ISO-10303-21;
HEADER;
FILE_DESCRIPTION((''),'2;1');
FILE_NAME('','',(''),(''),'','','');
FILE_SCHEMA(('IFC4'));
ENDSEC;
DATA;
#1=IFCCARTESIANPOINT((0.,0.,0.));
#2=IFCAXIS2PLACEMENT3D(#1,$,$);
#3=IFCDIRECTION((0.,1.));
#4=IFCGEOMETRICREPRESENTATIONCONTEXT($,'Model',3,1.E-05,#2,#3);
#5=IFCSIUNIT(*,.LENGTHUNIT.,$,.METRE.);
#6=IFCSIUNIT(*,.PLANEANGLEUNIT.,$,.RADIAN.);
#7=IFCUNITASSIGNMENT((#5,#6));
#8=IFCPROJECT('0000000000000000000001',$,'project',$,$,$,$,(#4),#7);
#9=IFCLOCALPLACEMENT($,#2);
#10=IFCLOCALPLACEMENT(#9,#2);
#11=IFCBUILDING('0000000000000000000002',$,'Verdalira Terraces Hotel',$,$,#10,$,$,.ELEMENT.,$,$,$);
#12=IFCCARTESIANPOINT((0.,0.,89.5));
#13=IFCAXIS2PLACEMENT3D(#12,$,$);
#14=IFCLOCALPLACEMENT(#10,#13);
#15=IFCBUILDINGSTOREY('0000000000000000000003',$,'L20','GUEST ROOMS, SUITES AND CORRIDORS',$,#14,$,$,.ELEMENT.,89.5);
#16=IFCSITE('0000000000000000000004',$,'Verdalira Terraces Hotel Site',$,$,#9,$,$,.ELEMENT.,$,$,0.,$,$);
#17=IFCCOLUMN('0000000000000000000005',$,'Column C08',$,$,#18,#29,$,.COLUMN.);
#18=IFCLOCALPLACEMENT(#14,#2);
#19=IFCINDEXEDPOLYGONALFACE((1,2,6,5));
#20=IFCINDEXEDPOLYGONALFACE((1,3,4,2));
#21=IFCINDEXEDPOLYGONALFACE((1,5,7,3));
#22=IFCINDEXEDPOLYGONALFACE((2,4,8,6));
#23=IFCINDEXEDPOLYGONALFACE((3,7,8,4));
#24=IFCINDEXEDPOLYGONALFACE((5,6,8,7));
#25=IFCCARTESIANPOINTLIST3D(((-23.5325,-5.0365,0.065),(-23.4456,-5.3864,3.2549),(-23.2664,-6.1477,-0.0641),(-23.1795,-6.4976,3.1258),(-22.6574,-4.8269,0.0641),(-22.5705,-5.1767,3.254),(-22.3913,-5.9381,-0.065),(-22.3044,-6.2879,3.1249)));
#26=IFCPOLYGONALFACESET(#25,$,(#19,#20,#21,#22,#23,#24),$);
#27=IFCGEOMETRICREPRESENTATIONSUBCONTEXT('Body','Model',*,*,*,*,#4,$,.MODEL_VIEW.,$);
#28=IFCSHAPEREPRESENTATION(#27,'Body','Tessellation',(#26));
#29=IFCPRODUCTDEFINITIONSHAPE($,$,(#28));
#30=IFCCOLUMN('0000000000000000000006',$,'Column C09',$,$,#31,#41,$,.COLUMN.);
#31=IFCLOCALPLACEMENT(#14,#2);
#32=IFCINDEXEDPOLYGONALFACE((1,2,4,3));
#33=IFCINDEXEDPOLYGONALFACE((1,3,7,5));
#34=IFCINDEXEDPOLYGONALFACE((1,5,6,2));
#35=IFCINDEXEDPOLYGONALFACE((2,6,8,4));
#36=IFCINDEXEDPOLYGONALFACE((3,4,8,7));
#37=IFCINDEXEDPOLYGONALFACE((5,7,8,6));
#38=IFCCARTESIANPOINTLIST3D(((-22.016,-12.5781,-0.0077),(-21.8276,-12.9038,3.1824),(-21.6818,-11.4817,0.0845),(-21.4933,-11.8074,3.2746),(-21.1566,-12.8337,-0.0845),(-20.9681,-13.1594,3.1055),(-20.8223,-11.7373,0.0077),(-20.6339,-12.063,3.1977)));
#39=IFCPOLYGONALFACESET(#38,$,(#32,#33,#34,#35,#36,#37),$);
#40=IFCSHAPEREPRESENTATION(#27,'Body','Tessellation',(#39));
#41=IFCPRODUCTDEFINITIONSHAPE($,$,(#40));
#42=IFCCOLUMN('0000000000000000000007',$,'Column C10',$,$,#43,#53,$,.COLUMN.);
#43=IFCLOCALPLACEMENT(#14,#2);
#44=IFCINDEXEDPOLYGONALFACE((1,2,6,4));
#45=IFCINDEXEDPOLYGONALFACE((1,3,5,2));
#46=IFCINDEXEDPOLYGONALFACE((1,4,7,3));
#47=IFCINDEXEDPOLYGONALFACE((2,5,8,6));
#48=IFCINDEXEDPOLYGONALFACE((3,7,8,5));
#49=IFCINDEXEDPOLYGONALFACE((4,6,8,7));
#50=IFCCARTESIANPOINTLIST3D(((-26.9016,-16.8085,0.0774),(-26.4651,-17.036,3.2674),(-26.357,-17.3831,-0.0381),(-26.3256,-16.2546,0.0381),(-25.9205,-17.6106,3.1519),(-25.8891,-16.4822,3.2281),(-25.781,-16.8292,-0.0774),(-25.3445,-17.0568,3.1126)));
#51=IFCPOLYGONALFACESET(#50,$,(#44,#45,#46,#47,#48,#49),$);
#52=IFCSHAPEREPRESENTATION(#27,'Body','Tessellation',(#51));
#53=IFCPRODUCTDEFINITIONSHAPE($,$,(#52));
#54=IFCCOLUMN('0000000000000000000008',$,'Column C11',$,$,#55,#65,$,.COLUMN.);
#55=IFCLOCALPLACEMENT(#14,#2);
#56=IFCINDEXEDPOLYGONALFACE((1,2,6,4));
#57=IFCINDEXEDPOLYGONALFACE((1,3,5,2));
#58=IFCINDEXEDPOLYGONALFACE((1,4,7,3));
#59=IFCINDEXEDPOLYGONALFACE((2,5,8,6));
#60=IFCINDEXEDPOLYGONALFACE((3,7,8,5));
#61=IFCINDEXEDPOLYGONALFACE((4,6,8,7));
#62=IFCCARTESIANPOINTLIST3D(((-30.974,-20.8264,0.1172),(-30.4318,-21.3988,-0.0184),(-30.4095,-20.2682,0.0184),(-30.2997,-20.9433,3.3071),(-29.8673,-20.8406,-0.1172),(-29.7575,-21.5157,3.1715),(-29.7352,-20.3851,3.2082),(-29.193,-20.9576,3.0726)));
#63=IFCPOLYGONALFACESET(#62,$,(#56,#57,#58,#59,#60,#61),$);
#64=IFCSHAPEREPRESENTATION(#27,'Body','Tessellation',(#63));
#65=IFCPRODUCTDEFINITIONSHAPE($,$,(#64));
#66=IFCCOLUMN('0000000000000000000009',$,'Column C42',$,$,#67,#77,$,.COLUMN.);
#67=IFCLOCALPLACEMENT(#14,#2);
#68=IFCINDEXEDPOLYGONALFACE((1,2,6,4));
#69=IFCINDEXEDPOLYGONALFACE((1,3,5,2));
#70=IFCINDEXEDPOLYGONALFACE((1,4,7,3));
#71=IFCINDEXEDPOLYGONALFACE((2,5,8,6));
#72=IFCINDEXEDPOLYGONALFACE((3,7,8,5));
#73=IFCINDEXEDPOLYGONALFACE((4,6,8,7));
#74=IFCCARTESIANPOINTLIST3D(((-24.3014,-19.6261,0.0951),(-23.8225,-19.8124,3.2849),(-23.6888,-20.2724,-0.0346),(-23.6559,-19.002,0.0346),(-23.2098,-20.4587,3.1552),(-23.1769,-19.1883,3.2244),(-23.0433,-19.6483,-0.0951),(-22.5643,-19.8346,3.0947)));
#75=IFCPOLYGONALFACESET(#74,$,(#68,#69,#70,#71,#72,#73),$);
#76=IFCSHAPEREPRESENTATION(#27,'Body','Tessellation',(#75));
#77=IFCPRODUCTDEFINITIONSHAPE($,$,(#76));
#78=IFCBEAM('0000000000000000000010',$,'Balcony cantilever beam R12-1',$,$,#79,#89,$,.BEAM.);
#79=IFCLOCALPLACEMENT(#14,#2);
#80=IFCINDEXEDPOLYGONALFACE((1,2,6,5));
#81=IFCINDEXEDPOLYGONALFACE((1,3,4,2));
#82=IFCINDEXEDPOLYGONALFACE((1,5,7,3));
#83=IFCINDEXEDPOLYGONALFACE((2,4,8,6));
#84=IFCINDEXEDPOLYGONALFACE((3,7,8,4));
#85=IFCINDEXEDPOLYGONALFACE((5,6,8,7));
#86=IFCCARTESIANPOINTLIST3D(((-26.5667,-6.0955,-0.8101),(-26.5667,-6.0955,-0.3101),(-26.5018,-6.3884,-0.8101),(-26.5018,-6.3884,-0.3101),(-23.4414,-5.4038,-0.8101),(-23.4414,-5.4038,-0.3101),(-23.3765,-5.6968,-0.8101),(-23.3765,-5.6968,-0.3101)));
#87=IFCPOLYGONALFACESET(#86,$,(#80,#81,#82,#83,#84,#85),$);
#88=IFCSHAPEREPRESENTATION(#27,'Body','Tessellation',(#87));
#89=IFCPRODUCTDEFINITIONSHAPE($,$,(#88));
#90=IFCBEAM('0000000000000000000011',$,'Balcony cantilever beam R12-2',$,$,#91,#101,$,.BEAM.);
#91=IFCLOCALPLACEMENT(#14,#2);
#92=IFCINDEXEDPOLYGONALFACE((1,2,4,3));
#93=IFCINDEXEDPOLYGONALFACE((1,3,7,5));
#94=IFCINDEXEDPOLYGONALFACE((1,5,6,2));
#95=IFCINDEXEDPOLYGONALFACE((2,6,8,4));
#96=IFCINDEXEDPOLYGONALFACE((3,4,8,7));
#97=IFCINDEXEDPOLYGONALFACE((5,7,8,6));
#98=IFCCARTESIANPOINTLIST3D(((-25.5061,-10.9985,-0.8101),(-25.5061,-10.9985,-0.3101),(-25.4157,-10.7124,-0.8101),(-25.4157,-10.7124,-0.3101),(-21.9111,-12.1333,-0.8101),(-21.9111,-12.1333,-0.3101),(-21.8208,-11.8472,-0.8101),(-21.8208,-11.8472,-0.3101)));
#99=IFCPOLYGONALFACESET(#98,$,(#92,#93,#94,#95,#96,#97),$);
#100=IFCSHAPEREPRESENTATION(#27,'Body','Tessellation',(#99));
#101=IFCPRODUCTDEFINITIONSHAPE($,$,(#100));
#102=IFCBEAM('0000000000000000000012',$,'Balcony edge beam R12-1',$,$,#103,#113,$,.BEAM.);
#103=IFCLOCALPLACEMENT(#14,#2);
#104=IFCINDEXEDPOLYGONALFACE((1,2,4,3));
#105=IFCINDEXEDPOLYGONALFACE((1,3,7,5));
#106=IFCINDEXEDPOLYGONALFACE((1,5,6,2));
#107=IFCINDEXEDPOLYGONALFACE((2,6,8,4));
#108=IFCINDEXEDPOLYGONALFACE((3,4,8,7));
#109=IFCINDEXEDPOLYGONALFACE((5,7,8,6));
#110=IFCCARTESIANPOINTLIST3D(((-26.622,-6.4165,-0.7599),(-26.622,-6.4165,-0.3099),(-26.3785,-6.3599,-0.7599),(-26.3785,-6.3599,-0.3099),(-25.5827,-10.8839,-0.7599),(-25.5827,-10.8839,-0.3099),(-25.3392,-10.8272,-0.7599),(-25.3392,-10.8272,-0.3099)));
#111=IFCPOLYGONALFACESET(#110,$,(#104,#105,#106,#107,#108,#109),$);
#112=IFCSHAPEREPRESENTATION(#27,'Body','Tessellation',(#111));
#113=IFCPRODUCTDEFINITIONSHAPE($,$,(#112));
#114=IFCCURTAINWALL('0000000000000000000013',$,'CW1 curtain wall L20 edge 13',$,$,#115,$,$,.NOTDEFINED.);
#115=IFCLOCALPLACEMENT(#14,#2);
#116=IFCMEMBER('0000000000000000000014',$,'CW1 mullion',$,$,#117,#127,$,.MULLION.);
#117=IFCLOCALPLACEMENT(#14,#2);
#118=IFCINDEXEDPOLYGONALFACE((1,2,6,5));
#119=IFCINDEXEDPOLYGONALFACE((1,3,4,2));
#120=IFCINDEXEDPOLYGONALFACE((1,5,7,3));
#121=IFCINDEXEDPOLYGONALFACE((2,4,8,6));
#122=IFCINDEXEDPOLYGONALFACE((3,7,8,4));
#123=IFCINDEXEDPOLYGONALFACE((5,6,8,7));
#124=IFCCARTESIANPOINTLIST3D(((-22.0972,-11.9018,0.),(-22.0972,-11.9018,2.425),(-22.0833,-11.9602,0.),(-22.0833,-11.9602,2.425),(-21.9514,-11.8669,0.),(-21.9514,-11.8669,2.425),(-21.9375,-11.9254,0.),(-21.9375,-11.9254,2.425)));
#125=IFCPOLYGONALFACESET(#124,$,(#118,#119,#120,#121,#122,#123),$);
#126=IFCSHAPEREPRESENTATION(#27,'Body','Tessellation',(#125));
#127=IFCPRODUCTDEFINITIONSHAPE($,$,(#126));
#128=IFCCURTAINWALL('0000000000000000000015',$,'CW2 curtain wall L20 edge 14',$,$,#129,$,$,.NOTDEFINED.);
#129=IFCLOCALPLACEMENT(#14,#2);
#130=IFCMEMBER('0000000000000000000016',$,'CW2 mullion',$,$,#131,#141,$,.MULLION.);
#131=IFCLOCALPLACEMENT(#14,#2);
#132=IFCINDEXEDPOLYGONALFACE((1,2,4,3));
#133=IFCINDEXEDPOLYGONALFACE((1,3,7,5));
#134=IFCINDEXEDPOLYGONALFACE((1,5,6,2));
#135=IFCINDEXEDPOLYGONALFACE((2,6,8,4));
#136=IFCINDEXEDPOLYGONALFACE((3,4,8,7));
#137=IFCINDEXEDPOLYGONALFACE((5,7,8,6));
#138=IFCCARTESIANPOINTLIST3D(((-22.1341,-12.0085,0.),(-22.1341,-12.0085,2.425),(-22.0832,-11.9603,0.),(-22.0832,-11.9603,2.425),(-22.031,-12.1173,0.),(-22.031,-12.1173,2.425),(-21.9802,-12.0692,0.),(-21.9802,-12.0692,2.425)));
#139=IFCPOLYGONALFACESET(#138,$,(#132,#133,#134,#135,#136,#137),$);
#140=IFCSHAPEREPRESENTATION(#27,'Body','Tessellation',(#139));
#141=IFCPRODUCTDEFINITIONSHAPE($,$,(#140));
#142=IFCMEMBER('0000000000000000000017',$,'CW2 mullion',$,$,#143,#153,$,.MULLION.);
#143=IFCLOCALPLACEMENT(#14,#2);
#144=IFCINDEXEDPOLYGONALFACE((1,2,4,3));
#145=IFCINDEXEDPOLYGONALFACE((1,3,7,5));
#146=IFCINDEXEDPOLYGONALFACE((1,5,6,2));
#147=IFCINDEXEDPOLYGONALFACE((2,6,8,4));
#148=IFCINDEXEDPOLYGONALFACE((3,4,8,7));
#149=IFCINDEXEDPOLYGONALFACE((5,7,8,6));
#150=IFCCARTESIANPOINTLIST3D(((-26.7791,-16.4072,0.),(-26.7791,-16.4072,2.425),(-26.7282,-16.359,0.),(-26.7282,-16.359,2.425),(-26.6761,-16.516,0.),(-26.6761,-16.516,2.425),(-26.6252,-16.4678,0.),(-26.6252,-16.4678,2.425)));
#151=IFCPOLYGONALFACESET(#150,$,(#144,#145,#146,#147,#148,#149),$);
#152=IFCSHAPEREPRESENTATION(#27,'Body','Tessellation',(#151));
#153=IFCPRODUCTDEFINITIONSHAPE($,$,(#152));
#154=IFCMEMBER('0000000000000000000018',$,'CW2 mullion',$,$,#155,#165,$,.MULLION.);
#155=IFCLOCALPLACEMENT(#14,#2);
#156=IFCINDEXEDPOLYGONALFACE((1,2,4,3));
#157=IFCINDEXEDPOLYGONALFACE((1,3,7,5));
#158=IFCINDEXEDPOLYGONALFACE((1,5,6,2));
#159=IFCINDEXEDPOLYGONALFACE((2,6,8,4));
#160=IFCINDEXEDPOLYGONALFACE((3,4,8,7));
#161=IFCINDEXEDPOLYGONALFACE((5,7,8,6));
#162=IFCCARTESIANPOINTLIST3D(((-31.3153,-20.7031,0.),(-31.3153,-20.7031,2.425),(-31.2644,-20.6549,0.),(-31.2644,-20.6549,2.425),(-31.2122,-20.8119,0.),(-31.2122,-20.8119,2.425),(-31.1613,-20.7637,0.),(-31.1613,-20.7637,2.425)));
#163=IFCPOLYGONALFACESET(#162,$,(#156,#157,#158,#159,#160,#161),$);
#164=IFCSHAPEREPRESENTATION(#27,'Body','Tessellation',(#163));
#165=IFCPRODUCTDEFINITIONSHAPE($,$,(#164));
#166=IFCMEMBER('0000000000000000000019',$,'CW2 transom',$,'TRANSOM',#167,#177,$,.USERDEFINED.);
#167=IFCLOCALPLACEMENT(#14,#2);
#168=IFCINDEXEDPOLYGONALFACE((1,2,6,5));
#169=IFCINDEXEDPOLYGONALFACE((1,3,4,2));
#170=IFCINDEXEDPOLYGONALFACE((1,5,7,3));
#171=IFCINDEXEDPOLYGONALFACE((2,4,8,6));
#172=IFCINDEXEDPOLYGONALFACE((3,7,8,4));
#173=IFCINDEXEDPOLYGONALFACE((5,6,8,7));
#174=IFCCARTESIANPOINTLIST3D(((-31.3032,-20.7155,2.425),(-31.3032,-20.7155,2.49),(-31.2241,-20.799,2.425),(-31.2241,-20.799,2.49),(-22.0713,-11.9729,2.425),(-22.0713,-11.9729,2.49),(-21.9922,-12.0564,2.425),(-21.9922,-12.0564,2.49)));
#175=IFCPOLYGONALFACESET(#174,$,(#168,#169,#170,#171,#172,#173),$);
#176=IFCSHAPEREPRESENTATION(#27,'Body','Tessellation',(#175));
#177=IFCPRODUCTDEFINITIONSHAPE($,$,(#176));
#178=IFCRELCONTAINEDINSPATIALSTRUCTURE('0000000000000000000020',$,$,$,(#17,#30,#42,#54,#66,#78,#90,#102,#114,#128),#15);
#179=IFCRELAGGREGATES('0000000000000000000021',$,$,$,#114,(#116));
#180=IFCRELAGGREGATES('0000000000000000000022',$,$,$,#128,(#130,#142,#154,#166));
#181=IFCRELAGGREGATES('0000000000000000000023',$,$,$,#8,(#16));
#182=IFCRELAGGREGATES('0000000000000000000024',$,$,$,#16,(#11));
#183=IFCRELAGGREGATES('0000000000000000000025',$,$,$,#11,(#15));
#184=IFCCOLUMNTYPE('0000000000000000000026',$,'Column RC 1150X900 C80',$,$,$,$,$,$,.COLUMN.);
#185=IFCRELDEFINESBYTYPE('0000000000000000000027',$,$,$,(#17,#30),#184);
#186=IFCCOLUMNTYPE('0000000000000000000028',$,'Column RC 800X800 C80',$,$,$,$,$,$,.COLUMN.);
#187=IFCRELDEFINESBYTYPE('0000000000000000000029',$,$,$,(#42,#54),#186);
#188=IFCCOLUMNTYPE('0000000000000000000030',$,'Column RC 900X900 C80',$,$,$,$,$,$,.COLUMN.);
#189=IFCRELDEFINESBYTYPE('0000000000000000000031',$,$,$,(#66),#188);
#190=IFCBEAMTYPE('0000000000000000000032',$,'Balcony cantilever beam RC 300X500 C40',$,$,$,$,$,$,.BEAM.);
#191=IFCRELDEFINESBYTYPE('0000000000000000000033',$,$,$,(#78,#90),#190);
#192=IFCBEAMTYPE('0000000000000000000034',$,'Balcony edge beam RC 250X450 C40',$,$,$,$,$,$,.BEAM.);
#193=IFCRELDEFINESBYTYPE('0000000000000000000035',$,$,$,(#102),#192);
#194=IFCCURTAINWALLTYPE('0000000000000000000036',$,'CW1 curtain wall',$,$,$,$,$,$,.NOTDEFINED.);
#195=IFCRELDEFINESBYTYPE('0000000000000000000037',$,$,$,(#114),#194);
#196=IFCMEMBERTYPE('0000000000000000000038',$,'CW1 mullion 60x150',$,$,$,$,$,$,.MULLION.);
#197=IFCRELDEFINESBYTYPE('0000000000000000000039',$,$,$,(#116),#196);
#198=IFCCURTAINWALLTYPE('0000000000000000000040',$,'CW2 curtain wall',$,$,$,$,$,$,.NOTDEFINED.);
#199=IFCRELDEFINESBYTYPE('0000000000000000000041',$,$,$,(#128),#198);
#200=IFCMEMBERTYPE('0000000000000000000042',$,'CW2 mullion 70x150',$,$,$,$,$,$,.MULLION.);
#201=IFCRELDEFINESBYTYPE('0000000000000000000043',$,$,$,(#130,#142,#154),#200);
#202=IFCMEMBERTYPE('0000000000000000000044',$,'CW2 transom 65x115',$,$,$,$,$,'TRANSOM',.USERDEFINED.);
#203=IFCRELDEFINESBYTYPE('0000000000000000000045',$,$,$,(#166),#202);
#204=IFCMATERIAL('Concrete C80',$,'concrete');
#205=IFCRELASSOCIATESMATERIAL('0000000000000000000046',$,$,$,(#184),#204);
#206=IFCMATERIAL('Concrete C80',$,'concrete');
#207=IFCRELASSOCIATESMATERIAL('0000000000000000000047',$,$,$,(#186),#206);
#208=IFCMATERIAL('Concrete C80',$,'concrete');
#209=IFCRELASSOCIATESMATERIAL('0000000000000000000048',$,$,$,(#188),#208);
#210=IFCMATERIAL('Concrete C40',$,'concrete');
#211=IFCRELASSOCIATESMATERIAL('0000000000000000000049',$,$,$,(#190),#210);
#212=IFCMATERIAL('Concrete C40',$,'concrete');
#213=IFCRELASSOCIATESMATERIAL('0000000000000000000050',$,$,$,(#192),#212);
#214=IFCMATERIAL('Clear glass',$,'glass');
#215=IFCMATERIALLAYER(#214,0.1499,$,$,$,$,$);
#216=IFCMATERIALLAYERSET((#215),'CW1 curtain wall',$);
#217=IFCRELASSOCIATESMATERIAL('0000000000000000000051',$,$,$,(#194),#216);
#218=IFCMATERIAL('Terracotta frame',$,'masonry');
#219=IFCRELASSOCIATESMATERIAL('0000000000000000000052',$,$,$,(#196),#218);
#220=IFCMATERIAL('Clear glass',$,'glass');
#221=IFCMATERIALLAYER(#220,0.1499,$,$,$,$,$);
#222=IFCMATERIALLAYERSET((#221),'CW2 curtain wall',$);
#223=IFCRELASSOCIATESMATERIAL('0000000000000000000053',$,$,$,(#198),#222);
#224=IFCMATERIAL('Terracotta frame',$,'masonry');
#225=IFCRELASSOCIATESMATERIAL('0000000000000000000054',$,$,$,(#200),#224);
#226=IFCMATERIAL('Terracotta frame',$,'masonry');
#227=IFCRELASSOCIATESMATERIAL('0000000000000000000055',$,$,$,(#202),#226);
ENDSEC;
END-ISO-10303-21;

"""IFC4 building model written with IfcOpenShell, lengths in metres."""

from ifc_helpers import new_model, si_unit, direction, frame, origin, origin_2d, place, context, subcontext, project, spatial, rectangle, extrude, material, layer, layer_set, material_profile, profile_set, type_object, element, aggregate, save


model = new_model("IFC4")

# Units and contexts
model_context = context("Model", 3, precision=1e-05, world=origin(), true_north=direction((0.0, 1.0)))
body_context = subcontext(model_context, "Body", "Model", "MODEL_VIEW")
ifc_project = project(units=[si_unit("LENGTHUNIT", "METRE"), si_unit("PLANEANGLEUNIT", "RADIAN")], contexts=[model_context])

# Site, building, storey
site_placement = place(None, origin())
site = spatial("IfcSite", under=ifc_project, at=site_placement, Name="Verdalira Terraces Hotel Site", CompositionType="ELEMENT", RefElevation=0.0)
building_placement = place(site_placement, origin())
building = spatial("IfcBuilding", under=site, at=building_placement, Name="Verdalira Terraces Hotel", CompositionType="ELEMENT")
storey_placement = place(building_placement, frame((0.0, 0.0, 89.5)))
storey = spatial("IfcBuildingStorey", under=building, at=storey_placement, Name="L20", Description="GUEST ROOMS, SUITES AND CORRIDORS", CompositionType="ELEMENT", Elevation=89.5)

# Columns
ifc_material_1 = material(Name="Concrete C80", Category="concrete")
ifc_material_profile_1 = material_profile(ifc_material_1, rectangle(XDim=1.1499, YDim=0.8999, at=origin_2d()), Name="RC 1150X900")
ifc_profile_set_1 = profile_set([ifc_material_profile_1], Name="Concrete C80")
column_type_1 = type_object("IfcColumnType", Name="Column RC 1150X900 C80", PredefinedType="COLUMN", material=ifc_profile_set_1)
column_1_placement = place(storey_placement, frame((-22.9619, -5.4873, 0.0), z_axis=(0.027074, -0.10898, 0.993675), x_axis=(0.231385, -0.96636, -0.112289)))
element("IfcColumn", 1, at=column_1_placement, inside=storey, type_object=column_type_1, Name="Column C08", PredefinedType="COLUMN", context=body_context, shape_type="SweptSolid", body=[
    extrude(rectangle(XDim=1.1499, YDim=0.8999, at=origin_2d()), origin(), (0.0, 0.0, 1.0), 3.2102),
])
column_2_placement = place(storey_placement, frame((-21.4192, -12.1577, 0.0), z_axis=(0.058678, -0.101394, 0.993114), x_axis=(0.290701, 0.953449, 0.080168)))
element("IfcColumn", 2, at=column_2_placement, inside=storey, type_object=column_type_1, Name="Column C09", PredefinedType="COLUMN", context=body_context, shape_type="SweptSolid", body=[
    extrude(rectangle(XDim=1.1499, YDim=0.8999, at=origin_2d()), origin(), (0.0, 0.0, 1.0), 3.2122),
])
ifc_material_2 = material(Name="Concrete C80", Category="concrete")
ifc_material_profile_2 = material_profile(ifc_material_2, rectangle(XDim=0.8, YDim=0.8, at=origin_2d()), Name="RC 800X800")
ifc_profile_set_2 = profile_set([ifc_material_profile_2], Name="Concrete C80")
column_type_2 = type_object("IfcColumnType", Name="Column RC 800X800 C80", PredefinedType="COLUMN", material=ifc_profile_set_2)
column_3_placement = place(storey_placement, frame((-26.3413, -16.8188, 0.0), z_axis=(0.135243, -0.070496, 0.988301), x_axis=(-0.71997, -0.692263, 0.049144)))
element("IfcColumn", 3, at=column_3_placement, inside=storey, type_object=column_type_2, Name="Column C10", PredefinedType="COLUMN", context=body_context, shape_type="SweptSolid", body=[
    extrude(rectangle(XDim=0.8, YDim=0.8, at=origin_2d()), origin(), (0.0, 0.0, 1.0), 3.2278),
])
column_4_placement = place(storey_placement, frame((-30.4207, -20.8335, 0.0), z_axis=(0.206685, -0.035844, 0.977751), x_axis=(-0.705671, -0.697677, 0.123594)))
element("IfcColumn", 4, at=column_4_placement, inside=storey, type_object=column_type_2, Name="Column C11", PredefinedType="COLUMN", context=body_context, shape_type="SweptSolid", body=[
    extrude(rectangle(XDim=0.8, YDim=0.8, at=origin_2d()), origin(), (0.0, 0.0, 1.0), 3.2625),
])
ifc_material_3 = material(Name="Concrete C80", Category="concrete")
ifc_material_profile_3 = material_profile(ifc_material_3, rectangle(XDim=0.8999, YDim=0.8999, at=origin_2d()), Name="RC 900X900")
ifc_profile_set_3 = profile_set([ifc_material_profile_3], Name="Concrete C80")
column_type_3 = type_object("IfcColumnType", Name="Column RC 900X900 C80", PredefinedType="COLUMN", material=ifc_profile_set_3)
column_5_placement = place(storey_placement, frame((-23.6724, -19.6372, 0.0), z_axis=(0.148249, -0.057652, 0.987268), x_axis=(-0.717343, -0.693469, 0.067221)))
element("IfcColumn", 5, at=column_5_placement, inside=storey, type_object=column_type_3, Name="Column C42", PredefinedType="COLUMN", context=body_context, shape_type="SweptSolid", body=[
    extrude(rectangle(XDim=0.8999, YDim=0.8999, at=origin_2d()), origin(), (0.0, 0.0, 1.0), 3.231),
])

# Beams
ifc_material_4 = material(Name="Concrete C40", Category="concrete")
ifc_material_profile_4 = material_profile(ifc_material_4, rectangle(XDim=0.3, YDim=0.5, at=origin_2d()), Name="RC 300X500")
ifc_profile_set_4 = profile_set([ifc_material_profile_4], Name="Concrete C40")
beam_type_1 = type_object("IfcBeamType", Name="Balcony cantilever beam RC 300X500 C40", PredefinedType="BEAM", material=ifc_profile_set_4)
beam_1_placement = place(storey_placement, frame((-23.4089, -5.5503, -0.5601), z_axis=(-0.976375, -0.216082, 0.0), x_axis=(0.216082, -0.976375, 0.0)))
element("IfcBeam", 6, at=beam_1_placement, inside=storey, type_object=beam_type_1, Name="Balcony cantilever beam R12-1", PredefinedType="BEAM", context=body_context, shape_type="SweptSolid", body=[
    extrude(rectangle(XDim=0.3, YDim=0.5, at=origin_2d()), origin(), (0.0, 0.0, 1.0), 3.2009),
])
beam_2_placement = place(storey_placement, frame((-21.866, -11.9902, -0.5601), z_axis=(-0.95362, 0.301014, 0.0), x_axis=(-0.301014, -0.95362, 0.0)))
element("IfcBeam", 7, at=beam_2_placement, inside=storey, type_object=beam_type_1, Name="Balcony cantilever beam R12-2", PredefinedType="BEAM", context=body_context, shape_type="SweptSolid", body=[
    extrude(rectangle(XDim=0.3, YDim=0.5, at=origin_2d()), origin(), (0.0, 0.0, 1.0), 3.7698),
])
ifc_material_5 = material(Name="Concrete C40", Category="concrete")
ifc_material_profile_5 = material_profile(ifc_material_5, rectangle(XDim=0.25, YDim=0.45, at=origin_2d()), Name="RC 250X450")
ifc_profile_set_5 = profile_set([ifc_material_profile_5], Name="Concrete C40")
beam_type_2 = type_object("IfcBeamType", Name="Balcony edge beam RC 250X450 C40", PredefinedType="BEAM", material=ifc_profile_set_5)
beam_3_placement = place(storey_placement, frame((-26.5002, -6.3882, -0.5349), z_axis=(0.226597, -0.973989, 0.0), x_axis=(0.973989, 0.226597, 0.0)))
element("IfcBeam", 8, at=beam_3_placement, inside=storey, type_object=beam_type_2, Name="Balcony edge beam R12-1", PredefinedType="BEAM", context=body_context, shape_type="SweptSolid", body=[
    extrude(rectangle(XDim=0.25, YDim=0.45, at=origin_2d()), origin(), (0.0, 0.0, 1.0), 4.5867),
])

# Curtain wall, member
ifc_material_6 = material(Name="Clear glass", Category="glass")
ifc_layer_1 = layer(ifc_material_6, 0.1499)
ifc_layer_set_1 = layer_set([ifc_layer_1], Name="CW1 curtain wall")
curtain_wall_type_1 = type_object("IfcCurtainWallType", Name="CW1 curtain wall", PredefinedType="NOTDEFINED", material=ifc_layer_set_1)
curtain_wall_1_placement = place(storey_placement, origin())
curtain_wall_1 = element("IfcCurtainWall", 9, at=curtain_wall_1_placement, inside=storey, type_object=curtain_wall_type_1, Name="CW1 curtain wall L20 edge 13", PredefinedType="NOTDEFINED")
ifc_material_7 = material(Name="Terracotta frame", Category="masonry")
ifc_material_profile_6 = material_profile(ifc_material_7, rectangle(XDim=0.0601, YDim=0.1499, at=origin_2d()), Name="MU 60x150")
ifc_profile_set_6 = profile_set([ifc_material_profile_6], Name="Terracotta frame")
member_type_1 = type_object("IfcMemberType", Name="CW1 mullion 60x150", PredefinedType="MULLION", material=ifc_profile_set_6)
member_1_placement = place(storey_placement, frame((-22.0173, -11.9136, 0.0), z_axis=(0.0, 0.0, 1.0), x_axis=(0.232427, -0.972614, 0.0)))
member_1 = element("IfcMember", 10, at=member_1_placement, type_object=member_type_1, Name="CW1 mullion", PredefinedType="MULLION", context=body_context, shape_type="SweptSolid", body=[
    extrude(rectangle(XDim=0.0601, YDim=0.1499, at=origin_2d()), origin(), (0.0, 0.0, 1.0), 2.425),
])

# Curtain wall, members
ifc_material_8 = material(Name="Clear glass", Category="glass")
ifc_layer_2 = layer(ifc_material_8, 0.1499)
ifc_layer_set_2 = layer_set([ifc_layer_2], Name="CW2 curtain wall")
curtain_wall_type_2 = type_object("IfcCurtainWallType", Name="CW2 curtain wall", PredefinedType="NOTDEFINED", material=ifc_layer_set_2)
curtain_wall_2_placement = place(storey_placement, origin())
curtain_wall_2 = element("IfcCurtainWall", 11, at=curtain_wall_2_placement, inside=storey, type_object=curtain_wall_type_2, Name="CW2 curtain wall L20 edge 14", PredefinedType="NOTDEFINED")
ifc_material_9 = material(Name="Terracotta frame", Category="masonry")
ifc_material_profile_7 = material_profile(ifc_material_9, rectangle(XDim=0.0701, YDim=0.1499, at=origin_2d()), Name="MU 70x150")
ifc_profile_set_7 = profile_set([ifc_material_profile_7], Name="Terracotta frame")
member_type_2 = type_object("IfcMemberType", Name="CW2 mullion 70x150", PredefinedType="MULLION", material=ifc_profile_set_7)
member_2_placement = place(storey_placement, frame((-22.0571, -12.0388, 0.0), z_axis=(0.0, 0.0, 1.0), x_axis=(-0.726095, -0.687595, 0.0)))
member_2 = element("IfcMember", 12, at=member_2_placement, type_object=member_type_2, Name="CW2 mullion", PredefinedType="MULLION", context=body_context, shape_type="SweptSolid", body=[
    extrude(rectangle(XDim=0.0701, YDim=0.1499, at=origin_2d()), origin(), (0.0, 0.0, 1.0), 2.425),
])
member_3_placement = place(storey_placement, frame((-26.7021, -16.4375, 0.0), z_axis=(0.0, 0.0, 1.0), x_axis=(-0.726095, -0.687595, 0.0)))
member_3 = element("IfcMember", 13, at=member_3_placement, type_object=member_type_2, Name="CW2 mullion", PredefinedType="MULLION", context=body_context, shape_type="SweptSolid", body=[
    extrude(rectangle(XDim=0.0701, YDim=0.1499, at=origin_2d()), origin(), (0.0, 0.0, 1.0), 2.425),
])
member_4_placement = place(storey_placement, frame((-31.2383, -20.7334, 0.0), z_axis=(0.0, 0.0, 1.0), x_axis=(-0.726095, -0.687595, 0.0)))
member_4 = element("IfcMember", 14, at=member_4_placement, type_object=member_type_2, Name="CW2 mullion", PredefinedType="MULLION", context=body_context, shape_type="SweptSolid", body=[
    extrude(rectangle(XDim=0.0701, YDim=0.1499, at=origin_2d()), origin(), (0.0, 0.0, 1.0), 2.425),
])
ifc_material_10 = material(Name="Terracotta frame", Category="masonry")
ifc_material_profile_8 = material_profile(ifc_material_10, rectangle(XDim=0.115, YDim=0.0649, at=origin_2d()), Name="TR 65x115")
ifc_profile_set_8 = profile_set([ifc_material_profile_8], Name="Terracotta frame")
member_type_3 = type_object("IfcMemberType", Name="CW2 transom 65x115", ElementType="TRANSOM", PredefinedType="USERDEFINED", material=ifc_profile_set_8)
member_5_placement = place(storey_placement, frame((-22.0317, -12.0146, 2.4575), z_axis=(-0.726085, -0.687605, 0.0), x_axis=(0.687605, -0.726085, 0.0)))
member_5 = element("IfcMember", 15, at=member_5_placement, type_object=member_type_3, Name="CW2 transom", ObjectType="TRANSOM", PredefinedType="USERDEFINED", context=body_context, shape_type="SweptSolid", body=[
    extrude(rectangle(XDim=0.115, YDim=0.0649, at=origin_2d()), origin(), (0.0, 0.0, 1.0), 12.7146),
])

aggregate(curtain_wall_1, [member_1])
aggregate(curtain_wall_2, [member_2, member_3, member_4, member_5])

save(model, "model.ifc")
